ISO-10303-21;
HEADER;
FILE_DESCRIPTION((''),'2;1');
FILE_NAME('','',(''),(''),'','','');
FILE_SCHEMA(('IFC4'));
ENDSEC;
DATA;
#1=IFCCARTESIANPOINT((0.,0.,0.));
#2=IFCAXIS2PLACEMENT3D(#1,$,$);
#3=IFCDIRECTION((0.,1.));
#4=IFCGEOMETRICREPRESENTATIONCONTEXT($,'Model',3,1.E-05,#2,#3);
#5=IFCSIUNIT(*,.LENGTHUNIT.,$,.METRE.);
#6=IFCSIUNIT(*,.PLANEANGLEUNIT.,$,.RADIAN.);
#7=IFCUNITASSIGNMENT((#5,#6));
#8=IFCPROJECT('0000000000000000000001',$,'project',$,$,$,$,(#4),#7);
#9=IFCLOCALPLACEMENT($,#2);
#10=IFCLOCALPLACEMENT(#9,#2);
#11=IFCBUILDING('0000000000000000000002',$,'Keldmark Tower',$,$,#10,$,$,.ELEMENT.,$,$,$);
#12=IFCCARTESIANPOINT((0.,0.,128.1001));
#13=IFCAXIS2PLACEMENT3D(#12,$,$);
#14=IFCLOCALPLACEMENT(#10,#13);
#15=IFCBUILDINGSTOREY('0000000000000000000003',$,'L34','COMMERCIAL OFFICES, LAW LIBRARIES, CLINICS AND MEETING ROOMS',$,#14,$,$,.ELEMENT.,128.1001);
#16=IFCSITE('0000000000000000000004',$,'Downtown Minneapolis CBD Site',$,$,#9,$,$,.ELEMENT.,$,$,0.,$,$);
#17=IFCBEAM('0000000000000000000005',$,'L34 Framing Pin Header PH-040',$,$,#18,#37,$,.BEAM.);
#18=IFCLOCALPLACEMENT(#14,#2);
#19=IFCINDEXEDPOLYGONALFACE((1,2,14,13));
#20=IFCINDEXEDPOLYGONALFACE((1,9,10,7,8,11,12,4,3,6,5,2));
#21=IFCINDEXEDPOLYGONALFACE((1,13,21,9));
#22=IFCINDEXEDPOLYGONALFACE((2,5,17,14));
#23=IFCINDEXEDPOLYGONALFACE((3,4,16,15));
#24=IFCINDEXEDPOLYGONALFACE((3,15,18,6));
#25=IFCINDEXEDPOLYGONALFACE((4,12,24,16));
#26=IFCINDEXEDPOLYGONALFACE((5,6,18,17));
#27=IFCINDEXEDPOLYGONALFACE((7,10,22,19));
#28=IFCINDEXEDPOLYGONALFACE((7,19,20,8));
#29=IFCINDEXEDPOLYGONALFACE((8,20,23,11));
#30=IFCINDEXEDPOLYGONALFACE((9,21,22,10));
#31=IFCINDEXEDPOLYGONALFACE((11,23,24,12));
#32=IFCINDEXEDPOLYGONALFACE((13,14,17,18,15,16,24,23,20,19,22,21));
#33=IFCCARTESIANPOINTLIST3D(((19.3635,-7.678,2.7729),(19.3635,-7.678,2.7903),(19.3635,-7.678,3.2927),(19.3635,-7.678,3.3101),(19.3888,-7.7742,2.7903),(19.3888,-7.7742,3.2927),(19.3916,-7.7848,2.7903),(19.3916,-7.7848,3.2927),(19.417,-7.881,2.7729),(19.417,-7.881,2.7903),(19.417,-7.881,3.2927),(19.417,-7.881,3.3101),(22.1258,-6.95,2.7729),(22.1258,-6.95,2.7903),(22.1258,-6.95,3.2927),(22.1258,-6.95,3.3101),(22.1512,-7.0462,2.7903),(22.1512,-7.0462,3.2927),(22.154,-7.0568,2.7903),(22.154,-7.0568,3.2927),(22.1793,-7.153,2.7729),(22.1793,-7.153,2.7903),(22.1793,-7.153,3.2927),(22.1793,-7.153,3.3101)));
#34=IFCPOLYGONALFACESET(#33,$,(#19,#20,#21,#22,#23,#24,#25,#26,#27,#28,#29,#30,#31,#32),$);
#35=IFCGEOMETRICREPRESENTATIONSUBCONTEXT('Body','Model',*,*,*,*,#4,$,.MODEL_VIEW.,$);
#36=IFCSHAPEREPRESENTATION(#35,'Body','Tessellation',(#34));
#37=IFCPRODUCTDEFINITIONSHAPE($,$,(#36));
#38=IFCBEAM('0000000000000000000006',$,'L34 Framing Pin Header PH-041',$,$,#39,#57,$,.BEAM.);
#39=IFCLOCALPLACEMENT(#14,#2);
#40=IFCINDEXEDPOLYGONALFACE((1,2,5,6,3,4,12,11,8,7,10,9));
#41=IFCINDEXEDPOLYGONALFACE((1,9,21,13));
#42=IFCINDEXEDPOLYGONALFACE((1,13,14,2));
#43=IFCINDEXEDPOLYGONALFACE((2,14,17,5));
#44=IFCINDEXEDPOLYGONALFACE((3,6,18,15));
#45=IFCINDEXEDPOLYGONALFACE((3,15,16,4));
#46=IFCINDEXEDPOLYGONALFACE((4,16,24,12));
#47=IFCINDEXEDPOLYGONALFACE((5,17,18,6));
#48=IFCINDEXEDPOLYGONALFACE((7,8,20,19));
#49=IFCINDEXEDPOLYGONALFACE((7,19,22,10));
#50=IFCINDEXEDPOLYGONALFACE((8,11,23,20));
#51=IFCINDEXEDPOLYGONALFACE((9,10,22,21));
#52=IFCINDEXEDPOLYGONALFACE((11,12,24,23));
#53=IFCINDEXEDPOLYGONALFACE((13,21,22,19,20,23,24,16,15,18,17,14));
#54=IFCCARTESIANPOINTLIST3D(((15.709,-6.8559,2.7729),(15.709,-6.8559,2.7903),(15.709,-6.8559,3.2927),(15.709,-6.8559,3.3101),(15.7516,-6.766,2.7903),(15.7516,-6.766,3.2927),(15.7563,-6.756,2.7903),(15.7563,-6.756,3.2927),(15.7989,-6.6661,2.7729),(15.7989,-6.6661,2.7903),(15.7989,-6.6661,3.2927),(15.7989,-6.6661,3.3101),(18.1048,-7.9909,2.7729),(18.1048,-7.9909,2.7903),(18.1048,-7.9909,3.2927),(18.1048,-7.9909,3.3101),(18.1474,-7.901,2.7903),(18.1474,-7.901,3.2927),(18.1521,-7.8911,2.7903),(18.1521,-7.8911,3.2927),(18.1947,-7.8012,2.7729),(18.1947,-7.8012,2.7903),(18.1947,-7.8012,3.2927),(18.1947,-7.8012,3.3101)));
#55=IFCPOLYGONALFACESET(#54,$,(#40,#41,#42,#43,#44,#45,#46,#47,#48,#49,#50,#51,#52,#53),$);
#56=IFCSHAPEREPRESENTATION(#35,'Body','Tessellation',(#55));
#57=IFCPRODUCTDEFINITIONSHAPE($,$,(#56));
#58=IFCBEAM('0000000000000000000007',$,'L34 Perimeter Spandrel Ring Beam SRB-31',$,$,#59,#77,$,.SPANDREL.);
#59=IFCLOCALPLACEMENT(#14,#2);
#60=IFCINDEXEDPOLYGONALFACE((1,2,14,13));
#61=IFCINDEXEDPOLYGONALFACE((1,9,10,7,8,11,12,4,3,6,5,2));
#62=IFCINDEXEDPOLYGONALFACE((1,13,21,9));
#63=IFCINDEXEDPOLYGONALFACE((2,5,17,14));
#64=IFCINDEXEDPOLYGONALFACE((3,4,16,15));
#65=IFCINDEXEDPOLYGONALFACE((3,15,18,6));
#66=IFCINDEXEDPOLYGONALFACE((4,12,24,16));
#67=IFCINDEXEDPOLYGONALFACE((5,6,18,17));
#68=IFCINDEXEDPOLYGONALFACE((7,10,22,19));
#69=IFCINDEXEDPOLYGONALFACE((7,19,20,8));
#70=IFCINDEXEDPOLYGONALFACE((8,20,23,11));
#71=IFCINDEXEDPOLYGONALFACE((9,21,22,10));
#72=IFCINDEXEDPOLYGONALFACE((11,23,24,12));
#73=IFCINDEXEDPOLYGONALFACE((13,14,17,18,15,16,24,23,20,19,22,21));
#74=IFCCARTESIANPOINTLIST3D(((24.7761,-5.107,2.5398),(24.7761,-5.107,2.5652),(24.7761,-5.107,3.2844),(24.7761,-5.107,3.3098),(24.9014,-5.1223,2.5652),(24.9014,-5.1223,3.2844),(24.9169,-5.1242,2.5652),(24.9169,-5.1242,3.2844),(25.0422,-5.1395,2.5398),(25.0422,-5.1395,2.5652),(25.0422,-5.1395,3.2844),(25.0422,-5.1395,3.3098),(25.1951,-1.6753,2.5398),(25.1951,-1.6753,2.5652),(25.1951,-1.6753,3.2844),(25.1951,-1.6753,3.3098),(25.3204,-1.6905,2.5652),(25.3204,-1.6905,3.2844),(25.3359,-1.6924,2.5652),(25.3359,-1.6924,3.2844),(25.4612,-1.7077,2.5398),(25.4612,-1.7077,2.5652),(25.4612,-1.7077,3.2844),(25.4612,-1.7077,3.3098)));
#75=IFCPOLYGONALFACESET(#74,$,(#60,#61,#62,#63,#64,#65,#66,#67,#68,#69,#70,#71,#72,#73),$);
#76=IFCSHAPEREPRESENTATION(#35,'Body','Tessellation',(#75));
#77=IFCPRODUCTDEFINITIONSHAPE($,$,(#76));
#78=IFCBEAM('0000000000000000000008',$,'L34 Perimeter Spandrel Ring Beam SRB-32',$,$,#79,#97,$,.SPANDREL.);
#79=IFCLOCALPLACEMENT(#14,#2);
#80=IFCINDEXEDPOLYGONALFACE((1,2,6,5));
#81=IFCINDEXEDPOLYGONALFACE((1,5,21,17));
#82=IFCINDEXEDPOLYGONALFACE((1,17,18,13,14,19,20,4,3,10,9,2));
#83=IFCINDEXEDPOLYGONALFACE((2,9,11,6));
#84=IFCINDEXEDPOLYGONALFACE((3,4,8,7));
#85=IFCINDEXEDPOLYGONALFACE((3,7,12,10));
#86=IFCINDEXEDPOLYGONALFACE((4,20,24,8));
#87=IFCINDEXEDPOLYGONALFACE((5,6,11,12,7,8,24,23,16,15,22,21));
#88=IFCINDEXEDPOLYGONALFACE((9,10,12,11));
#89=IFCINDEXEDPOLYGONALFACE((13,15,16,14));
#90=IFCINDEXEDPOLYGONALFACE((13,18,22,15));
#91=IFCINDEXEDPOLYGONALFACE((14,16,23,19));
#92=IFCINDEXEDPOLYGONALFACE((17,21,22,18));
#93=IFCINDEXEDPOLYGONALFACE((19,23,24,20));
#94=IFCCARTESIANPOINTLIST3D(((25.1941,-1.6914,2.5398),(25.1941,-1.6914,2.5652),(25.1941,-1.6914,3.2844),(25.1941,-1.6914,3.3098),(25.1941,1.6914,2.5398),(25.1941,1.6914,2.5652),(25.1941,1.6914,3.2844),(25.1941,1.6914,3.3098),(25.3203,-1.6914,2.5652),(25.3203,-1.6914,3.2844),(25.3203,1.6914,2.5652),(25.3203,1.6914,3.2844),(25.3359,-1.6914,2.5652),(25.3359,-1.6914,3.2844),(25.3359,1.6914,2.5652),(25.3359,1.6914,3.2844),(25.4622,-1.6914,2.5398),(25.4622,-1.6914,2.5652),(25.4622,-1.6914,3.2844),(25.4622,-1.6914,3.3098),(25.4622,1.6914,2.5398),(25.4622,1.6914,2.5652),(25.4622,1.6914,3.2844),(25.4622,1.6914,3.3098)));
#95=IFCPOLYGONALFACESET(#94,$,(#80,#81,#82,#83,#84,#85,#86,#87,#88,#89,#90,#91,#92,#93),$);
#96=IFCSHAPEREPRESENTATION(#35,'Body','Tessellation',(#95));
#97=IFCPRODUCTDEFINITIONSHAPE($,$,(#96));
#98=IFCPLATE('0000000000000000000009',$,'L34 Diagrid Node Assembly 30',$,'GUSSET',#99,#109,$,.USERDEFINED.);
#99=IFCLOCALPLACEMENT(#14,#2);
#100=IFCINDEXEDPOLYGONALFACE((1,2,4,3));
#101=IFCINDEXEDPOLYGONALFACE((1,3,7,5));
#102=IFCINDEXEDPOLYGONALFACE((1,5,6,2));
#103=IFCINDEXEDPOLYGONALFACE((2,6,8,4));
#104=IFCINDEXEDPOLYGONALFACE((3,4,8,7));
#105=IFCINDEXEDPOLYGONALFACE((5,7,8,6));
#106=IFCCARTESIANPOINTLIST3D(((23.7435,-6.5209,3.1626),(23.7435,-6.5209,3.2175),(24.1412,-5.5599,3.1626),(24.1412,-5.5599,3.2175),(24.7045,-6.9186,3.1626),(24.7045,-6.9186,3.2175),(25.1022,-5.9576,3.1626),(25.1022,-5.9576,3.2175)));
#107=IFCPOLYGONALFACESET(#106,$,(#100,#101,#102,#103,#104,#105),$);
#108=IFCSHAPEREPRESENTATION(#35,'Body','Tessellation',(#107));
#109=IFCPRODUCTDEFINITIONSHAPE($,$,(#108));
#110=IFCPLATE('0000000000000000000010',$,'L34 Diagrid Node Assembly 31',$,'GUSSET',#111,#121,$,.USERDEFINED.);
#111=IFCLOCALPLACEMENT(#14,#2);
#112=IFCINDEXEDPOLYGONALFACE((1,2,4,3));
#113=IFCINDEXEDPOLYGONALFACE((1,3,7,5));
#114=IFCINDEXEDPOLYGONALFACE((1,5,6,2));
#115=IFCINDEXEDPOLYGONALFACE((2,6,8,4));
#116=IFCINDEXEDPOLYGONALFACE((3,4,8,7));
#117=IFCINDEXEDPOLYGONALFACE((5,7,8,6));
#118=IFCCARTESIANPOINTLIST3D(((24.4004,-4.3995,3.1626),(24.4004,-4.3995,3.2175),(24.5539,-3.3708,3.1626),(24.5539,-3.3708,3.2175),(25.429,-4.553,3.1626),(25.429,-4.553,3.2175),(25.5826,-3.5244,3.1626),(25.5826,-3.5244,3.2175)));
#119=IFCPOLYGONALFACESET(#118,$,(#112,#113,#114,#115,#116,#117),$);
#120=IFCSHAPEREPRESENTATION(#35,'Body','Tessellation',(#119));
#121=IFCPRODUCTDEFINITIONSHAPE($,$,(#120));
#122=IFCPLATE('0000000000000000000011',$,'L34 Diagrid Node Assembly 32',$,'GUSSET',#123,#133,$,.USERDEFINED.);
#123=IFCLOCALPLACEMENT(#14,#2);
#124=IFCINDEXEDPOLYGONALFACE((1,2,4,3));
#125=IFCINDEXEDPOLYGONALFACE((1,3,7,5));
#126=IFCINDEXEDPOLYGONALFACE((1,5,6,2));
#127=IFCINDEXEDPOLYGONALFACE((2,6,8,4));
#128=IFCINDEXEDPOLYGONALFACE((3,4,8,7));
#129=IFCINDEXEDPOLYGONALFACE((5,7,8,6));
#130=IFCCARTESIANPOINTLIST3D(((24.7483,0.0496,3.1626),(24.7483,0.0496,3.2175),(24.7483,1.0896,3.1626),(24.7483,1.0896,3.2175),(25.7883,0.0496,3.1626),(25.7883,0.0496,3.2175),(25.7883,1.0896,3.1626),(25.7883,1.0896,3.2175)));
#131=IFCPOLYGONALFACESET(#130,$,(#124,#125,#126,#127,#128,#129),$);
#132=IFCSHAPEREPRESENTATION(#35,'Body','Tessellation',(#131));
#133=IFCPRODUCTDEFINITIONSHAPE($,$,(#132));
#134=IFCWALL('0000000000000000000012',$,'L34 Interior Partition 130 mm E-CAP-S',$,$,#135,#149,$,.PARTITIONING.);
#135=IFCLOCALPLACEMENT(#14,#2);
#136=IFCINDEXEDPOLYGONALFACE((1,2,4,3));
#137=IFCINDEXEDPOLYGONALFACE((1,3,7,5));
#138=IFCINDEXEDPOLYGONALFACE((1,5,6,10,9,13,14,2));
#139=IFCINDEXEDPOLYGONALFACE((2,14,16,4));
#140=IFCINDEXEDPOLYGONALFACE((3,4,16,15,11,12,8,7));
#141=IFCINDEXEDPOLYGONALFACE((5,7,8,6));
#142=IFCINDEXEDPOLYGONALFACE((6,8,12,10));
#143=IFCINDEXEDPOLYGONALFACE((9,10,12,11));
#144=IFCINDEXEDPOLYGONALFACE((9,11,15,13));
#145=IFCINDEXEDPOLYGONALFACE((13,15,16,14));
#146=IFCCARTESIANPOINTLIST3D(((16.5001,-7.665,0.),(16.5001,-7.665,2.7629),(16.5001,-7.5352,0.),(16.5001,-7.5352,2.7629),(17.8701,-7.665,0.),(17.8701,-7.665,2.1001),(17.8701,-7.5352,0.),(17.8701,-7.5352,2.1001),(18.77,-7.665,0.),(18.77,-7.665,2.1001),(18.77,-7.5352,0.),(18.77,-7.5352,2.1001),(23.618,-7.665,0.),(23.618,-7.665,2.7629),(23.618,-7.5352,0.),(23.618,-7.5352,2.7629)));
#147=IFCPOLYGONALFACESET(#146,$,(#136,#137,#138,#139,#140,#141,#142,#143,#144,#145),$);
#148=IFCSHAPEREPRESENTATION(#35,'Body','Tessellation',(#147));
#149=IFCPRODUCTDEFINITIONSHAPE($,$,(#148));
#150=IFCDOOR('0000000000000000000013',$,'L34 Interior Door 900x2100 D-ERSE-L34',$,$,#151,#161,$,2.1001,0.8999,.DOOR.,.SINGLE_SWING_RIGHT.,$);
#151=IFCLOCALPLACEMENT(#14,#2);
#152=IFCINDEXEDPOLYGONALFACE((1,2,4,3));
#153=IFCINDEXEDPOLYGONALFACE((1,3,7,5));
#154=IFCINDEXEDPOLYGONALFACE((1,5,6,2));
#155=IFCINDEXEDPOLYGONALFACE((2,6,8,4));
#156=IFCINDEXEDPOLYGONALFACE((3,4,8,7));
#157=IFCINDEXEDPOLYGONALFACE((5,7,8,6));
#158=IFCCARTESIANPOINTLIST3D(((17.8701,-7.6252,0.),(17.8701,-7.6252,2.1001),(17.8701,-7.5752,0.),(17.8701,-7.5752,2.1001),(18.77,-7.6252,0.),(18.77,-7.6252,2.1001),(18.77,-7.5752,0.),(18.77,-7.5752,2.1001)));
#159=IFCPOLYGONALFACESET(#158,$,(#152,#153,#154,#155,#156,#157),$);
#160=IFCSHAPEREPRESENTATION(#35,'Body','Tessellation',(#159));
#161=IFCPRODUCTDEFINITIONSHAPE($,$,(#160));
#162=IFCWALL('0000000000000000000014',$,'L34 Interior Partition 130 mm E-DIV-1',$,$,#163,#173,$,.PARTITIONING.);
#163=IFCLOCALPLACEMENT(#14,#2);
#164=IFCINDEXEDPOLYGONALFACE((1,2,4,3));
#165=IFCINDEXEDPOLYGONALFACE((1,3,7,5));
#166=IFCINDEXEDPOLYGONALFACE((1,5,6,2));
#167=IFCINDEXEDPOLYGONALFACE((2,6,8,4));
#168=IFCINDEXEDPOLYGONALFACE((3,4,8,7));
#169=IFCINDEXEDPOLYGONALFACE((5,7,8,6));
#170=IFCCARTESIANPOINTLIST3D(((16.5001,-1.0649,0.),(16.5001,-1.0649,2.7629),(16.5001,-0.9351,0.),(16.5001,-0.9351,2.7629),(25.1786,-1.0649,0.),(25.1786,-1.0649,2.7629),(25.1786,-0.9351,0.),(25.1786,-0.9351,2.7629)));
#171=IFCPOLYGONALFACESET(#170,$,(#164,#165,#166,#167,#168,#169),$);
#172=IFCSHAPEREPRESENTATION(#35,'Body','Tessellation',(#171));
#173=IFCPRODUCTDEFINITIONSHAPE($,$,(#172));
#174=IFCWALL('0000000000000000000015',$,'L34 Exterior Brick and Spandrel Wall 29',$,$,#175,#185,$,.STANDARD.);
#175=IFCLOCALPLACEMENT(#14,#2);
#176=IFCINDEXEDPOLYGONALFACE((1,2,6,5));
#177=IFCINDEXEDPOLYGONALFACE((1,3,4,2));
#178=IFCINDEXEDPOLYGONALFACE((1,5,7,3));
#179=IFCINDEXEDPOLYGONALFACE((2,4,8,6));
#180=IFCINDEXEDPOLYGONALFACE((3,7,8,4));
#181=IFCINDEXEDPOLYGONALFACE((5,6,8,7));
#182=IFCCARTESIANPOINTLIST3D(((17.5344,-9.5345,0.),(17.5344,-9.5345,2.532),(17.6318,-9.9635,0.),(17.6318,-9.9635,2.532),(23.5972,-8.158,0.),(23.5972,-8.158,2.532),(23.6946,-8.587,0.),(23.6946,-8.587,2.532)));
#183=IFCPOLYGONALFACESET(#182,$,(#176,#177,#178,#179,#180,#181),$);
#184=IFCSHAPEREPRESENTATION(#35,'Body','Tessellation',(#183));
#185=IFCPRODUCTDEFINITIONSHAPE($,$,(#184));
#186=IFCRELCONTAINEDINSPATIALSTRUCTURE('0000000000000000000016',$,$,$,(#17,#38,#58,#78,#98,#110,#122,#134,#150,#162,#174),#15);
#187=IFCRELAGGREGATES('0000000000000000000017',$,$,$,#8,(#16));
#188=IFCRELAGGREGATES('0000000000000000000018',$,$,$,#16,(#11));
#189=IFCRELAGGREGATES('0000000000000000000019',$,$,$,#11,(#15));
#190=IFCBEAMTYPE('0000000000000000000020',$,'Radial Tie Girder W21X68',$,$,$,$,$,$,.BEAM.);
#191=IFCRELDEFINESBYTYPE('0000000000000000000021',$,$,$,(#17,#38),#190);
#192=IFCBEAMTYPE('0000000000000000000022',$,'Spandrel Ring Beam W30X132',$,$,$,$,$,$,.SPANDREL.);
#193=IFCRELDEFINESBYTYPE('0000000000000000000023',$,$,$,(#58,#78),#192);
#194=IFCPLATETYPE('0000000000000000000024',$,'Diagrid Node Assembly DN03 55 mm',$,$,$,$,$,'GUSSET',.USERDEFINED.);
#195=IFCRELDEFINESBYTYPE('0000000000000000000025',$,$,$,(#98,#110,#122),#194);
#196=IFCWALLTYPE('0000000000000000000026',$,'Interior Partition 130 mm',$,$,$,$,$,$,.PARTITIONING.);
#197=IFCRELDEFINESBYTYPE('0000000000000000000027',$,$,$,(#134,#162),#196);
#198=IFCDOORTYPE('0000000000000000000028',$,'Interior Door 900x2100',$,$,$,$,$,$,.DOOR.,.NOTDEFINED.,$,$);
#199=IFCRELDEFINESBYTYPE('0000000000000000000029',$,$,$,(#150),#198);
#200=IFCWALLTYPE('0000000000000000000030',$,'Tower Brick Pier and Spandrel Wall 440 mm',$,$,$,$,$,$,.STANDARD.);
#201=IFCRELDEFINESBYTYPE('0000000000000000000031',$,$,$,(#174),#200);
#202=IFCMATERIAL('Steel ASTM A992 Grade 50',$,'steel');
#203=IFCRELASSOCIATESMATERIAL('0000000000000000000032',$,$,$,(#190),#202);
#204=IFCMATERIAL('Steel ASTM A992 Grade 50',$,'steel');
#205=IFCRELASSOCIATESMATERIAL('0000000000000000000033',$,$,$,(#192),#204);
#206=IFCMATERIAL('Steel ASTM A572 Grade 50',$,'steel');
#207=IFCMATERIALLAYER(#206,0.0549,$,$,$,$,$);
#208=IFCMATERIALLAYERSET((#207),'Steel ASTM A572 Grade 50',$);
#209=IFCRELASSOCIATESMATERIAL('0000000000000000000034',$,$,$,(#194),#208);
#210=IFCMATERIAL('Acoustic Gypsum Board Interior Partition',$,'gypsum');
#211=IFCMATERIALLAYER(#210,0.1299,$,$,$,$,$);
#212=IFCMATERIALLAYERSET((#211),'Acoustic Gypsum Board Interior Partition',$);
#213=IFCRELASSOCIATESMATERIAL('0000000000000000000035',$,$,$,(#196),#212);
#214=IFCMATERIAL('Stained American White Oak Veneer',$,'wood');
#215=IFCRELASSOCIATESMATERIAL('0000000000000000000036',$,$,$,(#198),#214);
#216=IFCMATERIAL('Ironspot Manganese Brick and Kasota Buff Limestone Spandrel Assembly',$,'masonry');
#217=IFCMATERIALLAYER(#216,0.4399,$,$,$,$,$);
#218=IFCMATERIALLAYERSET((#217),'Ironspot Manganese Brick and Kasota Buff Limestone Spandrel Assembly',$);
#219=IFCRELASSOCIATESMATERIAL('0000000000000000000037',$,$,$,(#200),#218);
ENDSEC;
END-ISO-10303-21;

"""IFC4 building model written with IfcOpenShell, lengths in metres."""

from ifc_helpers import new_model, si_unit, direction, frame, frame_2d, origin, origin_2d, place, context, subcontext, project, spatial, rectangle, i_section, extrude, material, layer, layer_set, material_profile, profile_set, type_object, element, fill, save


model = new_model("IFC4")

# Units and contexts
model_context = context("Model", 3, precision=1e-05, world=origin(), true_north=direction((0.0, 1.0)))
body_context = subcontext(model_context, "Body", "Model", "MODEL_VIEW")
ifc_project = project(units=[si_unit("LENGTHUNIT", "METRE"), si_unit("PLANEANGLEUNIT", "RADIAN")], contexts=[model_context])

# Site, building, storey
site_placement = place(None, origin())
site = spatial("IfcSite", under=ifc_project, at=site_placement, Name="Downtown Minneapolis CBD Site", CompositionType="ELEMENT", RefElevation=0.0)
building_placement = place(site_placement, origin())
building = spatial("IfcBuilding", under=site, at=building_placement, Name="Keldmark Tower", CompositionType="ELEMENT")
storey_placement = place(building_placement, frame((0.0, 0.0, 128.1001)))
storey = spatial("IfcBuildingStorey", under=building, at=storey_placement, Name="L34", Description="COMMERCIAL OFFICES, LAW LIBRARIES, CLINICS AND MEETING ROOMS", CompositionType="ELEMENT", Elevation=128.1001)

# Beams
ifc_material_1 = material(Name="Steel ASTM A992 Grade 50", Category="steel")
ifc_material_profile_1 = material_profile(ifc_material_1, i_section(OverallWidth=0.21, OverallDepth=0.5371, WebThickness=0.011, FlangeThickness=0.0173, at=origin_2d()), Name="W21X68")
ifc_profile_set_1 = profile_set([ifc_material_profile_1], Name="Steel ASTM A992 Grade 50")
beam_type_1 = type_object("IfcBeamType", Name="Radial Tie Girder W21X68", PredefinedType="BEAM", material=ifc_profile_set_1)
beam_1_placement = place(storey_placement, frame((22.1526, -7.0515, 3.0415), z_axis=(-0.966983, -0.254842, 0.0), x_axis=(0.254842, -0.966983, 0.0)))
element("IfcBeam", 1, at=beam_1_placement, inside=storey, type_object=beam_type_1, Name="L34 Framing Pin Header PH-040", PredefinedType="BEAM", context=body_context, shape_type="SweptSolid", body=[
    extrude(i_section(OverallWidth=0.21, OverallDepth=0.5371, WebThickness=0.011, FlangeThickness=0.0173, at=origin_2d()), origin(), (0.0, 0.0, 1.0), 2.8567),
])
beam_2_placement = place(storey_placement, frame((15.7539, -6.761, 3.0415), z_axis=(0.903712, -0.428142, 0.0), x_axis=(0.428142, 0.903712, 0.0)))
element("IfcBeam", 2, at=beam_2_placement, inside=storey, type_object=beam_type_1, Name="L34 Framing Pin Header PH-041", PredefinedType="BEAM", context=body_context, shape_type="SweptSolid", body=[
    extrude(i_section(OverallWidth=0.21, OverallDepth=0.5371, WebThickness=0.011, FlangeThickness=0.0173, at=origin_2d()), origin(), (0.0, 0.0, 1.0), 2.6511),
])
ifc_material_2 = material(Name="Steel ASTM A992 Grade 50", Category="steel")
ifc_material_profile_2 = material_profile(ifc_material_2, i_section(OverallWidth=0.2681, OverallDepth=0.77, WebThickness=0.0156, FlangeThickness=0.0254, at=origin_2d()), Name="W30X132")
ifc_profile_set_2 = profile_set([ifc_material_profile_2], Name="Steel ASTM A992 Grade 50")
beam_type_2 = type_object("IfcBeamType", Name="Spandrel Ring Beam W30X132", PredefinedType="SPANDREL", material=ifc_profile_set_2)
beam_3_placement = place(storey_placement, frame((24.9092, -5.1233, 2.9248), z_axis=(0.121175, 0.992631, 0.0), x_axis=(-0.992631, 0.121175, 0.0)))
element("IfcBeam", 3, at=beam_3_placement, inside=storey, type_object=beam_type_2, Name="L34 Perimeter Spandrel Ring Beam SRB-31", PredefinedType="SPANDREL", context=body_context, shape_type="SweptSolid", body=[
    extrude(i_section(OverallWidth=0.2681, OverallDepth=0.77, WebThickness=0.0156, FlangeThickness=0.0254, at=origin_2d()), origin(), (0.0, 0.0, 1.0), 3.4573),
])
beam_4_placement = place(storey_placement, frame((25.3281, -1.6914, 2.9248), z_axis=(0.0, 1.0, 0.0), x_axis=(-1.0, 0.0, 0.0)))
element("IfcBeam", 4, at=beam_4_placement, inside=storey, type_object=beam_type_2, Name="L34 Perimeter Spandrel Ring Beam SRB-32", PredefinedType="SPANDREL", context=body_context, shape_type="SweptSolid", body=[
    extrude(i_section(OverallWidth=0.2681, OverallDepth=0.77, WebThickness=0.0156, FlangeThickness=0.0254, at=origin_2d()), origin(), (0.0, 0.0, 1.0), 3.3828),
])

# Plates
ifc_material_3 = material(Name="Steel ASTM A572 Grade 50", Category="steel")
ifc_layer_1 = layer(ifc_material_3, 0.0549)
ifc_layer_set_1 = layer_set([ifc_layer_1], Name="Steel ASTM A572 Grade 50")
plate_type = type_object("IfcPlateType", Name="Diagrid Node Assembly DN03 55 mm", ElementType="GUSSET", PredefinedType="USERDEFINED", material=ifc_layer_set_1)
for number, where, z_axis, x_axis, name in (
    (5, (24.4229, -6.2393, 3.1626), (0.0, 0.0, 1.0), (0.382361, 0.924013, 0.0), "L34 Diagrid Node Assembly 30"),
    (6, (24.9915, -3.9619, 3.1626), (0.0, 0.0, 1.0), (0.147637, 0.989042, 0.0), "L34 Diagrid Node Assembly 31"),
    (7, (25.2683, 0.5696, 3.1626), (0.0, 0.0, 1.0), (0.0, 1.0, 0.0), "L34 Diagrid Node Assembly 32"),
):
    element("IfcPlate", number, at=place(storey_placement, frame(where, z_axis=z_axis, x_axis=x_axis)), inside=storey, type_object=plate_type, Name=name, ObjectType="GUSSET", PredefinedType="USERDEFINED", context=body_context, shape_type="SweptSolid", body=[
        extrude(rectangle(XDim=1.04, YDim=1.04, at=origin_2d()), origin(), (0.0, 0.0, 1.0), 0.0549),
    ])

# Wall, opening, door
ifc_material_4 = material(Name="Acoustic Gypsum Board Interior Partition", Category="gypsum")
ifc_layer_2 = layer(ifc_material_4, 0.1299)
ifc_layer_set_2 = layer_set([ifc_layer_2], Name="Acoustic Gypsum Board Interior Partition")
wall_type_1 = type_object("IfcWallType", Name="Interior Partition 130 mm", PredefinedType="PARTITIONING", material=ifc_layer_set_2)
wall_1_placement = place(storey_placement, frame((16.5, -7.6001, 0.0), z_axis=(0.0, 0.0, 1.0), x_axis=(1.0, 0.0, 0.0)))
wall_1 = element("IfcWall", 8, at=wall_1_placement, inside=storey, type_object=wall_type_1, Name="L34 Interior Partition 130 mm E-CAP-S", PredefinedType="PARTITIONING", context=body_context, shape_type="SweptSolid", body=[
    extrude(rectangle(XDim=7.1179, YDim=0.1299, at=frame_2d((3.5591, 0.0))), origin(), (0.0, 0.0, 1.0), 2.7629),
])
opening_1_placement = place(wall_1_placement, frame((1.3701, 0.0, 0.0)))
opening_1 = element("IfcOpeningElement", 9, at=opening_1_placement, cuts=wall_1, PredefinedType="OPENING", context=body_context, shape_type="SweptSolid", body=[
    extrude(rectangle(XDim=0.8999, YDim=2.1001, at=frame_2d((0.45, 1.05))), frame((0.0, 0.075, 0.0), z_axis=(0.0, -1.0, 0.0), x_axis=(1.0, 0.0, 0.0)), (0.0, 0.0, 1.0), 0.1499),
])
ifc_material_5 = material(Name="Stained American White Oak Veneer", Category="wood")
door_type = type_object("IfcDoorType", Name="Interior Door 900x2100", OperationType="NOTDEFINED", PredefinedType="DOOR", material=ifc_material_5)
door_placement = place(opening_1_placement, origin())
door = element("IfcDoor", 10, at=door_placement, inside=storey, type_object=door_type, Name="L34 Interior Door 900x2100 D-ERSE-L34", OperationType="SINGLE_SWING_RIGHT", OverallHeight=2.1001, OverallWidth=0.8999, PredefinedType="DOOR", context=body_context, shape_type="SweptSolid", body=[
    extrude(rectangle(XDim=0.8999, YDim=2.1001, at=frame_2d((0.45, 1.05))), frame((0.0, 0.0249, 0.0), z_axis=(0.0, -1.0, 0.0), x_axis=(1.0, 0.0, 0.0)), (0.0, 0.0, 1.0), 0.05),
])
fill(opening_1, door)

# Walls
wall_2_placement = place(storey_placement, frame((16.5, -1.0, 0.0), z_axis=(0.0, 0.0, 1.0), x_axis=(1.0, 0.0, 0.0)))
element("IfcWall", 11, at=wall_2_placement, inside=storey, type_object=wall_type_1, Name="L34 Interior Partition 130 mm E-DIV-1", PredefinedType="PARTITIONING", context=body_context, shape_type="SweptSolid", body=[
    extrude(rectangle(XDim=8.6785, YDim=0.1299, at=frame_2d((4.3394, 0.0))), origin(), (0.0, 0.0, 1.0), 2.7629),
])
ifc_material_6 = material(Name="Ironspot Manganese Brick and Kasota Buff Limestone Spandrel Assembly", Category="masonry")
ifc_layer_3 = layer(ifc_material_6, 0.4399)
ifc_layer_set_3 = layer_set([ifc_layer_3], Name="Ironspot Manganese Brick and Kasota Buff Limestone Spandrel Assembly")
wall_type_2 = type_object("IfcWallType", Name="Tower Brick Pier and Spandrel Wall 440 mm", PredefinedType="STANDARD", material=ifc_layer_set_3)
wall_3_placement = place(storey_placement, frame((23.6458, -8.3726, 0.0), z_axis=(0.0, 0.0, 1.0), x_axis=(-0.975183, -0.221402, 0.0)))
element("IfcWall", 12, at=wall_3_placement, inside=storey, type_object=wall_type_2, Name="L34 Exterior Brick and Spandrel Wall 29", PredefinedType="STANDARD", context=body_context, shape_type="SweptSolid", body=[
    extrude(rectangle(XDim=6.217, YDim=0.4399, at=frame_2d((3.1084, 0.0))), origin(), (0.0, 0.0, 1.0), 2.532),
])

save(model, "model.ifc")
